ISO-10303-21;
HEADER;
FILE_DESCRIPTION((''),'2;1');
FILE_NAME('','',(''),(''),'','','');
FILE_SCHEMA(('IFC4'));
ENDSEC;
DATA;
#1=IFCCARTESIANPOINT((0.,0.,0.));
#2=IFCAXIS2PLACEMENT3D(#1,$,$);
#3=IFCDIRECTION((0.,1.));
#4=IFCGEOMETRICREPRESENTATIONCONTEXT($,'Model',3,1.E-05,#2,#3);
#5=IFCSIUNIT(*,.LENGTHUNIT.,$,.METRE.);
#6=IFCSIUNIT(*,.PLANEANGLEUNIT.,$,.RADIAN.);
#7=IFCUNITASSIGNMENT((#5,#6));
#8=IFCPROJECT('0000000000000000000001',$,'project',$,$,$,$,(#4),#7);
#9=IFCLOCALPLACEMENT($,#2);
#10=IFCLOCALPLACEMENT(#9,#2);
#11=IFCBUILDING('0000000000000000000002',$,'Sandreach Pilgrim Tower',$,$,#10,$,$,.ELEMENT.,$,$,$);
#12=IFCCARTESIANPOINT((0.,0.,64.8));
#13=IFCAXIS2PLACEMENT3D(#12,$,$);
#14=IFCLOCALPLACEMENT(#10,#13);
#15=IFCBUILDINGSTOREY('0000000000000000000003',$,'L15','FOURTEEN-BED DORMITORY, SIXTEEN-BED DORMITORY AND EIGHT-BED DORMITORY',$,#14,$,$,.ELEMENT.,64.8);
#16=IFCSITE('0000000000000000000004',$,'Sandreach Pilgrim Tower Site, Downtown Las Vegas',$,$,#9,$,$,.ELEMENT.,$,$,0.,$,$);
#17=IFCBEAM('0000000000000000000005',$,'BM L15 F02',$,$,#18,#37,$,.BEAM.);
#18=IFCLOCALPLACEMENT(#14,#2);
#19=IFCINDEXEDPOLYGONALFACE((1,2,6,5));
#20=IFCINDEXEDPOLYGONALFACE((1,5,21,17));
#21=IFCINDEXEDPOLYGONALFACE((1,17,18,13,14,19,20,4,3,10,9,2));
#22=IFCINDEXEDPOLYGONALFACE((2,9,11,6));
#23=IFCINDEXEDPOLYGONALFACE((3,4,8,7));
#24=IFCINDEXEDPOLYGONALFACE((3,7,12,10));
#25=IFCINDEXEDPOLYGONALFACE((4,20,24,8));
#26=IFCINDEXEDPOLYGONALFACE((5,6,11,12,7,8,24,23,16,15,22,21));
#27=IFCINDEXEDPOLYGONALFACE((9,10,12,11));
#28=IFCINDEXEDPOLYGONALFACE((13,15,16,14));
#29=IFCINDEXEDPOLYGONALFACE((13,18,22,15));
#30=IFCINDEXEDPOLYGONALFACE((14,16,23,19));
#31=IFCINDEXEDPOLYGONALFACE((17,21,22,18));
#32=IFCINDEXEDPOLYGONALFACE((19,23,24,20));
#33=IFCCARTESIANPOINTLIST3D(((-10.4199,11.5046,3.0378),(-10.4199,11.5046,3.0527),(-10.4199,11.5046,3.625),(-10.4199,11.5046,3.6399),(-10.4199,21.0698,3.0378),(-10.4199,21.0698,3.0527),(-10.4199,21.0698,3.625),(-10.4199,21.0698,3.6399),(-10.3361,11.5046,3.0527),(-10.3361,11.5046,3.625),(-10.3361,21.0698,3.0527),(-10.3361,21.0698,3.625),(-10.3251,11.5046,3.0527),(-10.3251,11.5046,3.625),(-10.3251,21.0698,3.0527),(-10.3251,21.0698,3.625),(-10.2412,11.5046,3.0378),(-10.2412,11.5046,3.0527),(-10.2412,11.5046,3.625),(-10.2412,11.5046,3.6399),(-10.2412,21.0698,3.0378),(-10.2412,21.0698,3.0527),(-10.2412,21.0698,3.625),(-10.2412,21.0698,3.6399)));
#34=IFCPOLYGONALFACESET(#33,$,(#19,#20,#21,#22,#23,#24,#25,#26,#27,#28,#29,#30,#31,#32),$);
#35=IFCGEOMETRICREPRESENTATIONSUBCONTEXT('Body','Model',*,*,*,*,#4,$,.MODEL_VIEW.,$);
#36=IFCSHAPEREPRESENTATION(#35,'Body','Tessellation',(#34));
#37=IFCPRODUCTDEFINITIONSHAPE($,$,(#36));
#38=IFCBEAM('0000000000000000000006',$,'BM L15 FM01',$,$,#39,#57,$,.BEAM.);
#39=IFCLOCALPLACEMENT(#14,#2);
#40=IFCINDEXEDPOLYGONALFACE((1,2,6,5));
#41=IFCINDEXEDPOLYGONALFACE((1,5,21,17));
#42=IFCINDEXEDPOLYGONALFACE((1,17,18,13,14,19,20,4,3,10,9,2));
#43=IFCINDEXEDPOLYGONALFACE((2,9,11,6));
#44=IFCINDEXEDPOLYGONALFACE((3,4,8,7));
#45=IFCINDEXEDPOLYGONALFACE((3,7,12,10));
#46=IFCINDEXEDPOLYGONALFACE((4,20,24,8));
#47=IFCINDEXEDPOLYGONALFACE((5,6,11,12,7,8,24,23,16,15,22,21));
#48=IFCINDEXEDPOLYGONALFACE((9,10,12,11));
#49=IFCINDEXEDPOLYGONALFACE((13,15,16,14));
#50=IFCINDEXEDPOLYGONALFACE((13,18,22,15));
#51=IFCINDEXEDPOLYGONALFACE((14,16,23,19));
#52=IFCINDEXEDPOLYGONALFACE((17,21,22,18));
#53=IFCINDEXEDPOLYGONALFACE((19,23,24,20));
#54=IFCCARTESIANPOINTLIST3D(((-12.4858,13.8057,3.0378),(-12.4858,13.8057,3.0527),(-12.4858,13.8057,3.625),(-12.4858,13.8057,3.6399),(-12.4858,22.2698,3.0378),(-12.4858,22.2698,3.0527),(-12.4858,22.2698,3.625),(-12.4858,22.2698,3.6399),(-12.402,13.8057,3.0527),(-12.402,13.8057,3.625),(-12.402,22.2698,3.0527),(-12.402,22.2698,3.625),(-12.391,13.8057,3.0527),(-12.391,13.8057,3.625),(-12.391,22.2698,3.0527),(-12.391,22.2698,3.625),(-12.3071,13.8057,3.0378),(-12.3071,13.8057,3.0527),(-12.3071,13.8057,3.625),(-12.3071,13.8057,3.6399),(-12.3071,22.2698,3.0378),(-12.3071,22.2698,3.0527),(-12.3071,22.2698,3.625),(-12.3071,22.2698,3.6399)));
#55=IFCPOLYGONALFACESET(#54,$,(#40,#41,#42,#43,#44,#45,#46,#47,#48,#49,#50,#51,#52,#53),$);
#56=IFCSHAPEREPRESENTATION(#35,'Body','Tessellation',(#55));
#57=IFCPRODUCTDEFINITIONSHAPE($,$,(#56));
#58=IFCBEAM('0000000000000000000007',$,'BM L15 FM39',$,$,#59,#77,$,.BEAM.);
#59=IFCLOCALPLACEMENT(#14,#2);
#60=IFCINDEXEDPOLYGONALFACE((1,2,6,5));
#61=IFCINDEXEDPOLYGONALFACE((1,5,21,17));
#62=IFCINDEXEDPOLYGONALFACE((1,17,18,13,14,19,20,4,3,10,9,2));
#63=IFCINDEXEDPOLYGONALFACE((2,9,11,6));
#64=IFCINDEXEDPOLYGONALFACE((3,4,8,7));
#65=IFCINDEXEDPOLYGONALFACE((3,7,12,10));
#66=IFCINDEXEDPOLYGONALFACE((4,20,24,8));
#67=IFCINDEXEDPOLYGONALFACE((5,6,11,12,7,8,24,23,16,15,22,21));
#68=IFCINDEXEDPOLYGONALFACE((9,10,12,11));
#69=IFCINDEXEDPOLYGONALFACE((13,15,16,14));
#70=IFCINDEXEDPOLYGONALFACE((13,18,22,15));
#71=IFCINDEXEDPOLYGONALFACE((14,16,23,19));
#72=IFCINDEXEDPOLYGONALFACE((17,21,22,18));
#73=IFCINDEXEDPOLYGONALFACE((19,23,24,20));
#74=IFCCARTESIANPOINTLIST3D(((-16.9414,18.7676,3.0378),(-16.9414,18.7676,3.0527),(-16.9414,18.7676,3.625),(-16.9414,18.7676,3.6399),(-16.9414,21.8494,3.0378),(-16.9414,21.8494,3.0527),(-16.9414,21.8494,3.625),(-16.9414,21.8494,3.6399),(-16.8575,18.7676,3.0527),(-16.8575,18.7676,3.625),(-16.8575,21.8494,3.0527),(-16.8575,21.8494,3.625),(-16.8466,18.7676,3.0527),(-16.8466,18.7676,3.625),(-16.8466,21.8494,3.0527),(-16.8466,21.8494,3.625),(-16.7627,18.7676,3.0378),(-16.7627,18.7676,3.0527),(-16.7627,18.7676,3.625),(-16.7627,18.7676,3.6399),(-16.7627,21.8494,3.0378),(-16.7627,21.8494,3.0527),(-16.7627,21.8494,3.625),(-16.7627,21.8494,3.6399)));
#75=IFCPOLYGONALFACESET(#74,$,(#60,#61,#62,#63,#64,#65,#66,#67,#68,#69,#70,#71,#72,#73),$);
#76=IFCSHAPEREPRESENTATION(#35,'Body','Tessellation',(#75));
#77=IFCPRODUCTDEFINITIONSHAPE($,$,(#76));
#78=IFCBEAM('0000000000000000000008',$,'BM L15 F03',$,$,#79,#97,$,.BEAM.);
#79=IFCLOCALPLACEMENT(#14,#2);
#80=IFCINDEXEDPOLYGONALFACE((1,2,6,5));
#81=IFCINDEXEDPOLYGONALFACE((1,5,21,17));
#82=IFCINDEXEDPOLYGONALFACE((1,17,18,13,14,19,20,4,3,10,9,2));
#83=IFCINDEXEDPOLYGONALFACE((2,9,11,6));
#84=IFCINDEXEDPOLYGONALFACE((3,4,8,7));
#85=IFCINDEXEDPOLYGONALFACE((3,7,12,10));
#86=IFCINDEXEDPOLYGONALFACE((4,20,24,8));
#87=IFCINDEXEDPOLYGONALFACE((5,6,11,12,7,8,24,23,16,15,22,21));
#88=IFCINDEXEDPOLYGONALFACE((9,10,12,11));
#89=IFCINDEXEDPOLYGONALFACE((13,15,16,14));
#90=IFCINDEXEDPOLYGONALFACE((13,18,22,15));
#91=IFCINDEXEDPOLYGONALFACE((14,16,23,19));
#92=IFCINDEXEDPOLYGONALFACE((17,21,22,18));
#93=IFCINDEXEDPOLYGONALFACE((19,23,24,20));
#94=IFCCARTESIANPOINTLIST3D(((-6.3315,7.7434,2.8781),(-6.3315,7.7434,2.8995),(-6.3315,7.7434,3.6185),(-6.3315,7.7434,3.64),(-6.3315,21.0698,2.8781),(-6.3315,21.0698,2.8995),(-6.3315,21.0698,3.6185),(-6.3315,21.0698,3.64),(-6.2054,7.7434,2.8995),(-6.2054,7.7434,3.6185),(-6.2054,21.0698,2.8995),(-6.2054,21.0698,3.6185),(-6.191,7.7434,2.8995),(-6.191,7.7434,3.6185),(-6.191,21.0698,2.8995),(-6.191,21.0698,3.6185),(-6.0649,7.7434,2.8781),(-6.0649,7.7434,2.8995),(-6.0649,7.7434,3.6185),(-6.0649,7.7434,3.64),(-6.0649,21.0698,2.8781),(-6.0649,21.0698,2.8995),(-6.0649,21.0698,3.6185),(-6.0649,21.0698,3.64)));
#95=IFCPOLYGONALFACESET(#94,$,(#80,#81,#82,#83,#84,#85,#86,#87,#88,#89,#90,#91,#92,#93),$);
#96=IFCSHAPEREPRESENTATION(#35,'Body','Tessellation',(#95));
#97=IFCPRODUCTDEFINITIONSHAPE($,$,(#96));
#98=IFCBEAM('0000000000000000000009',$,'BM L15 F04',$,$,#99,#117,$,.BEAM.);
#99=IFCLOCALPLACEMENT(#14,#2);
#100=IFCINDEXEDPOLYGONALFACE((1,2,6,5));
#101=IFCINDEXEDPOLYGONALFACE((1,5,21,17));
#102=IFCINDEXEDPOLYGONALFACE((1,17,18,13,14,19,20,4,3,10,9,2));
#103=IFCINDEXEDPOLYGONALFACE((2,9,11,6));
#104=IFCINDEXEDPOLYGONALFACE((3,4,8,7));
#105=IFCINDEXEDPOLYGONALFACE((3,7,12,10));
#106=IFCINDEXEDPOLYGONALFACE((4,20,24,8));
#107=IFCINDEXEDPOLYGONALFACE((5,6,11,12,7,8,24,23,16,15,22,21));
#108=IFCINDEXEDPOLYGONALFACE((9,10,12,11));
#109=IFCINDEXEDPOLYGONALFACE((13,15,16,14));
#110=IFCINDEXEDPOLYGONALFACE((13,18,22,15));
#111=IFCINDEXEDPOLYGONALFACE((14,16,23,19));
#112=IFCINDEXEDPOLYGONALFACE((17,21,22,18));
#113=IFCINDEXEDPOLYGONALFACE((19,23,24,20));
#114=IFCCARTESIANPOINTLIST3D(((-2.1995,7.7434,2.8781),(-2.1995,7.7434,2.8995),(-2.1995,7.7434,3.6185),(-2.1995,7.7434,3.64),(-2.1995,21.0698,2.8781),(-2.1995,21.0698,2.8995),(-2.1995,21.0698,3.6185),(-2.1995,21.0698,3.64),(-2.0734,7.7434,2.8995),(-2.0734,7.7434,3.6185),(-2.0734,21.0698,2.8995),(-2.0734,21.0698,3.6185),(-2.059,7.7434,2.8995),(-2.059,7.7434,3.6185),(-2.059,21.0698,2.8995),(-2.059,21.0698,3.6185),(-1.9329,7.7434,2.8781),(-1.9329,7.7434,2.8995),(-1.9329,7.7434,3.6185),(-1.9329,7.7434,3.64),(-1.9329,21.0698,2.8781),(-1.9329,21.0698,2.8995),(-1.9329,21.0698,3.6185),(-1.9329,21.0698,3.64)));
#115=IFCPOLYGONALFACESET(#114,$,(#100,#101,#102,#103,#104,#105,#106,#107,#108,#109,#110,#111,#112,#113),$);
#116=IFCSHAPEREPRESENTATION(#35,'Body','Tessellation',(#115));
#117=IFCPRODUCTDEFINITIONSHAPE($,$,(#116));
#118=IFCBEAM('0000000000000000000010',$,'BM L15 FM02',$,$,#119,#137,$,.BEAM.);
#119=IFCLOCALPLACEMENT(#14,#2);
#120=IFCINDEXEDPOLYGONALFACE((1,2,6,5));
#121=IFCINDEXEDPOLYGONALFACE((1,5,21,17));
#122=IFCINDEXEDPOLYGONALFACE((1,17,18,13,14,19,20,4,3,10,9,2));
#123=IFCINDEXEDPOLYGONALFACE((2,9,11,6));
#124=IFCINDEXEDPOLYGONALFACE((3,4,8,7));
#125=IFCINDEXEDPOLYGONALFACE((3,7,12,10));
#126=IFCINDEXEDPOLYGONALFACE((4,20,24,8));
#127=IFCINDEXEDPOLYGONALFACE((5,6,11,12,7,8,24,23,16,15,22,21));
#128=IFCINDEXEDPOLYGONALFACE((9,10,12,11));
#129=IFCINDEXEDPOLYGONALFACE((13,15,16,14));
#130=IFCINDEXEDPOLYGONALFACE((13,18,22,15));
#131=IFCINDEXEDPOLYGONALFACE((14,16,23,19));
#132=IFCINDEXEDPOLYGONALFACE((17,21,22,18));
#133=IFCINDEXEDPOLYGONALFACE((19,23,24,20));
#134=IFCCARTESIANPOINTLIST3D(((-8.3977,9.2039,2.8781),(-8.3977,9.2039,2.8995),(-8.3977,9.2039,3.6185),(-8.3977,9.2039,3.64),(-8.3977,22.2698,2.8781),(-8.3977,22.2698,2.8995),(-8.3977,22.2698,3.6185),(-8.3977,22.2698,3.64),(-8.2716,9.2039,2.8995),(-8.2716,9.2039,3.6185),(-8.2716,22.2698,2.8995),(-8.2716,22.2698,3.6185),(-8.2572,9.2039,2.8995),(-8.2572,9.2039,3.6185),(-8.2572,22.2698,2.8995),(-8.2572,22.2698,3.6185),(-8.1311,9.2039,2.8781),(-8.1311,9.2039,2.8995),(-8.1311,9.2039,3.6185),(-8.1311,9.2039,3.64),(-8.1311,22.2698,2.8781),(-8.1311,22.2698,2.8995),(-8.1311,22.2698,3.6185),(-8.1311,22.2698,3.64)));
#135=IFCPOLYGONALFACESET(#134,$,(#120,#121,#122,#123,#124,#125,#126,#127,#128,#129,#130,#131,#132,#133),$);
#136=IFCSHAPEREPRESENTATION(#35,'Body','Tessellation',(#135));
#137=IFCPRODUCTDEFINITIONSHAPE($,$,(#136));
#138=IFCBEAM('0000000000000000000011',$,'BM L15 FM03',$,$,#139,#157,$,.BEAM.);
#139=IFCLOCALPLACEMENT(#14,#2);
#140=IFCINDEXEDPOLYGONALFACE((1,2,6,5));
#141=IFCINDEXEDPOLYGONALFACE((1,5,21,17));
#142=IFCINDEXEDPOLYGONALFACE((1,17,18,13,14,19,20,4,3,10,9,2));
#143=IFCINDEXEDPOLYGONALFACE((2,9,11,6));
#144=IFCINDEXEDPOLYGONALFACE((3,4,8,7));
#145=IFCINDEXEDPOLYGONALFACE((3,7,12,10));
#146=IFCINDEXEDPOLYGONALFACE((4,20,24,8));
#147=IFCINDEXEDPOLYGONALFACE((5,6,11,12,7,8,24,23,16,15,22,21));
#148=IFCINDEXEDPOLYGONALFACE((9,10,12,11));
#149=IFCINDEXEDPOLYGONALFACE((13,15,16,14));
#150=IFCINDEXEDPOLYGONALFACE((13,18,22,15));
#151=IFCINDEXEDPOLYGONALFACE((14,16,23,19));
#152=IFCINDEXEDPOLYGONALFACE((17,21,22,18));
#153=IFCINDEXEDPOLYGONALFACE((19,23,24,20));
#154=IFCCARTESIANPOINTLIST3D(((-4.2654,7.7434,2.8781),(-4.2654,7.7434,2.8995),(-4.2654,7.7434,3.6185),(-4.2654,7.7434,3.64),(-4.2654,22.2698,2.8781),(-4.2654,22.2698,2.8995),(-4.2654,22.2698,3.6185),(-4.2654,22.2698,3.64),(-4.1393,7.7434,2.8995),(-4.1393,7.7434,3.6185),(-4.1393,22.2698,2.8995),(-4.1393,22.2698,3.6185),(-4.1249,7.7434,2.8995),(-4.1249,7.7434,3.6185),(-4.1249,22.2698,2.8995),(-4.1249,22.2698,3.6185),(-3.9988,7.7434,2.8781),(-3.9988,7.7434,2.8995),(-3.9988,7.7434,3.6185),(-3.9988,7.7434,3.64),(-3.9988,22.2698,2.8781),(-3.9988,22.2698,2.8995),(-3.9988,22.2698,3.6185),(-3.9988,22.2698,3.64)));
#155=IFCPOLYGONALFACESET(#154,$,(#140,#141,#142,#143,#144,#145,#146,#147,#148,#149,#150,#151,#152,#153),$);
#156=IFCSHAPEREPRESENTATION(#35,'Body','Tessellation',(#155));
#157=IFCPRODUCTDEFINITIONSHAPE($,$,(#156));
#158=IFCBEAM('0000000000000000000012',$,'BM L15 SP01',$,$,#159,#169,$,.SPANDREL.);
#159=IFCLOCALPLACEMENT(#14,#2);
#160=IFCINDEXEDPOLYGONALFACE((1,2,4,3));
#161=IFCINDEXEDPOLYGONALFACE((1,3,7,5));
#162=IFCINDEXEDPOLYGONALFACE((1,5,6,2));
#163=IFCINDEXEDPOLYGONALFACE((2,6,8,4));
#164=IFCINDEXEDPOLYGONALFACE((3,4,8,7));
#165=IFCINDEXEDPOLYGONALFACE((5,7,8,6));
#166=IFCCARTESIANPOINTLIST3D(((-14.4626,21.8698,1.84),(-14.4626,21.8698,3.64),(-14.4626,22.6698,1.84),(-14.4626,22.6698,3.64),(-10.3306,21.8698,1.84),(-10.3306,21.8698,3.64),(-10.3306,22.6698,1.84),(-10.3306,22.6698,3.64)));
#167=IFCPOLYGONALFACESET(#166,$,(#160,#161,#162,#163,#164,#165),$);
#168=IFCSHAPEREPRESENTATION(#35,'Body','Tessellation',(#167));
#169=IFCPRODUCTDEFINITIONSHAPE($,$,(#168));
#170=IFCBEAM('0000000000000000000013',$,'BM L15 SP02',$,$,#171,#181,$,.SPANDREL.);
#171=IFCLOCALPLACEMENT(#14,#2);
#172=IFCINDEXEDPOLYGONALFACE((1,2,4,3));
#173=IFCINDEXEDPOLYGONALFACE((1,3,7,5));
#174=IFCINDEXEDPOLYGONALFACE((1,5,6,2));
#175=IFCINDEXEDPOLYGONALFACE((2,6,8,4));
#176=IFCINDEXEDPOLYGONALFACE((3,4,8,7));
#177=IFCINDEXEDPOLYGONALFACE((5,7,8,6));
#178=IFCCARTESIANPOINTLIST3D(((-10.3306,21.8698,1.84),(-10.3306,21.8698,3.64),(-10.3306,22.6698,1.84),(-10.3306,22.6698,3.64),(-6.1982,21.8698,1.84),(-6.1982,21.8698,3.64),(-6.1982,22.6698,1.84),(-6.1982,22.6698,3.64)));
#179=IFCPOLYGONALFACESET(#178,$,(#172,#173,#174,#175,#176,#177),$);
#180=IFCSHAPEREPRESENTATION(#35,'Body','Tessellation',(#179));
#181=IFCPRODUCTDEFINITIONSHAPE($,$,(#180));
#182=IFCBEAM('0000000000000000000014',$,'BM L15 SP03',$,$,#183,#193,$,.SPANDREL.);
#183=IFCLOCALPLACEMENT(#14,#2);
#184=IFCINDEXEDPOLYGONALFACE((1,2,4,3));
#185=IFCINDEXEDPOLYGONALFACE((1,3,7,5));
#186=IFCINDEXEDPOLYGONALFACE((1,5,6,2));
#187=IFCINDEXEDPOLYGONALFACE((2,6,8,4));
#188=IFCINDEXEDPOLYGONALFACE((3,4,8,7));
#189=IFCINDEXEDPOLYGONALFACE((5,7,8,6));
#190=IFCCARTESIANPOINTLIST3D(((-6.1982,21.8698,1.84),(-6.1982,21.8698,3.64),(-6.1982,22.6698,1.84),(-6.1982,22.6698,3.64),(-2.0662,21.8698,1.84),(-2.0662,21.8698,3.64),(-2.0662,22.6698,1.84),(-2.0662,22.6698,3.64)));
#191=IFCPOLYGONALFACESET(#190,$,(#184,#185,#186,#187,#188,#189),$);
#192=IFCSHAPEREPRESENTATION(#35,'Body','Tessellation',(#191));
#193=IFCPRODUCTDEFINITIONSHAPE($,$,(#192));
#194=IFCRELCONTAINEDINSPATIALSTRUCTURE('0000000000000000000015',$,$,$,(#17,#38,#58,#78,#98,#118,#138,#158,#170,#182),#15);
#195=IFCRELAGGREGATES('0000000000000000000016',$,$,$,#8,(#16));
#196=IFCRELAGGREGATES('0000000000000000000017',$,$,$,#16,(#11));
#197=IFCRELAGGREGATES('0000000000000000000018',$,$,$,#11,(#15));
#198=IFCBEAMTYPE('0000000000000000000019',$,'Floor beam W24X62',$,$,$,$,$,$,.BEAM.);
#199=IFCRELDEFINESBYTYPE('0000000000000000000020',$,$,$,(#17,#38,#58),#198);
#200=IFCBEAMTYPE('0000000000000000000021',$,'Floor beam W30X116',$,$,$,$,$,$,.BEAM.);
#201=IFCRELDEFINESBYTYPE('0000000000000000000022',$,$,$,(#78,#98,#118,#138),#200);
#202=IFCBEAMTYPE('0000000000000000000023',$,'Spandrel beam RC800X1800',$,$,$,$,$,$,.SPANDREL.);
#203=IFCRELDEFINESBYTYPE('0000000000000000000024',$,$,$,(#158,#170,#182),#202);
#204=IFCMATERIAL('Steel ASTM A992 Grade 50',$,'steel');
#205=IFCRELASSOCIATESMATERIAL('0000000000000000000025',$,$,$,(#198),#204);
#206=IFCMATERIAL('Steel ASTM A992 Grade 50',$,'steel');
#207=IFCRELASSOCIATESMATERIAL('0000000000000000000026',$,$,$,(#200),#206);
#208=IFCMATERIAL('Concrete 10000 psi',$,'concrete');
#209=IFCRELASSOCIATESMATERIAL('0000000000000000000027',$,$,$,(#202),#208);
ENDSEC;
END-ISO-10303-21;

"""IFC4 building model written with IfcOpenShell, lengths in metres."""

from ifc_helpers import new_model, si_unit, direction, frame, origin, origin_2d, place, context, subcontext, project, spatial, rectangle, i_section, extrude, material, material_profile, profile_set, type_object, element, save


model = new_model("IFC4")

# Units and contexts
model_context = context("Model", 3, precision=1e-05, world=origin(), true_north=direction((0.0, 1.0)))
body_context = subcontext(model_context, "Body", "Model", "MODEL_VIEW")
ifc_project = project(units=[si_unit("LENGTHUNIT", "METRE"), si_unit("PLANEANGLEUNIT", "RADIAN")], contexts=[model_context])

# Site, building, storey
site_placement = place(None, origin())
site = spatial("IfcSite", under=ifc_project, at=site_placement, Name="Sandreach Pilgrim Tower Site, Downtown Las Vegas", CompositionType="ELEMENT", RefElevation=0.0)
building_placement = place(site_placement, origin())
building = spatial("IfcBuilding", under=site, at=building_placement, Name="Sandreach Pilgrim Tower", CompositionType="ELEMENT")
storey_placement = place(building_placement, frame((0.0, 0.0, 64.8)))
storey = spatial("IfcBuildingStorey", under=building, at=storey_placement, Name="L15", Description="FOURTEEN-BED DORMITORY, SIXTEEN-BED DORMITORY AND EIGHT-BED DORMITORY", CompositionType="ELEMENT", Elevation=64.8)

# Beams
ifc_material_1 = material(Name="Steel ASTM A992 Grade 50", Category="steel")
ifc_material_profile_1 = material_profile(ifc_material_1, i_section(OverallWidth=0.1787, OverallDepth=0.6021, WebThickness=0.011, FlangeThickness=0.0149, at=origin_2d()), Name="W24X62")
ifc_profile_set_1 = profile_set([ifc_material_profile_1], Name="Steel ASTM A992 Grade 50")
beam_type_1 = type_object("IfcBeamType", Name="Floor beam W24X62", PredefinedType="BEAM", material=ifc_profile_set_1)
beam_1_placement = place(storey_placement, frame((-10.3306, 21.0698, 3.3389), z_axis=(0.0, -1.0, 0.0), x_axis=(1.0, 0.0, 0.0)))
element("IfcBeam", 1, at=beam_1_placement, inside=storey, type_object=beam_type_1, Name="BM L15 F02", PredefinedType="BEAM", context=body_context, shape_type="SweptSolid", body=[
    extrude(i_section(OverallWidth=0.1787, OverallDepth=0.6021, WebThickness=0.011, FlangeThickness=0.0149, at=origin_2d()), origin(), (0.0, 0.0, 1.0), 9.5652),
])
beam_2_placement = place(storey_placement, frame((-12.3965, 22.2698, 3.3389), z_axis=(0.0, -1.0, 0.0), x_axis=(1.0, 0.0, 0.0)))
element("IfcBeam", 2, at=beam_2_placement, inside=storey, type_object=beam_type_1, Name="BM L15 FM01", PredefinedType="BEAM", context=body_context, shape_type="SweptSolid", body=[
    extrude(i_section(OverallWidth=0.1787, OverallDepth=0.6021, WebThickness=0.011, FlangeThickness=0.0149, at=origin_2d()), origin(), (0.0, 0.0, 1.0), 8.4641),
])
beam_3_placement = place(storey_placement, frame((-16.8521, 21.8494, 3.3389), z_axis=(0.0, -1.0, 0.0), x_axis=(1.0, 0.0, 0.0)))
element("IfcBeam", 3, at=beam_3_placement, inside=storey, type_object=beam_type_1, Name="BM L15 FM39", PredefinedType="BEAM", context=body_context, shape_type="SweptSolid", body=[
    extrude(i_section(OverallWidth=0.1787, OverallDepth=0.6021, WebThickness=0.011, FlangeThickness=0.0149, at=origin_2d()), origin(), (0.0, 0.0, 1.0), 3.0818),
])
ifc_material_2 = material(Name="Steel ASTM A992 Grade 50", Category="steel")
ifc_material_profile_2 = material_profile(ifc_material_2, i_section(OverallWidth=0.2666, OverallDepth=0.762, WebThickness=0.0144, FlangeThickness=0.0215, at=origin_2d()), Name="W30X116")
ifc_profile_set_2 = profile_set([ifc_material_profile_2], Name="Steel ASTM A992 Grade 50")
beam_type_2 = type_object("IfcBeamType", Name="Floor beam W30X116", PredefinedType="BEAM", material=ifc_profile_set_2)
for number, where, z_axis, x_axis, name in (
    (4, (-6.1982, 21.0698, 3.259), (0.0, -1.0, 0.0), (1.0, 0.0, 0.0), "BM L15 F03"),
    (5, (-2.0662, 21.0698, 3.259), (0.0, -1.0, 0.0), (1.0, 0.0, 0.0), "BM L15 F04"),
):
    element("IfcBeam", number, at=place(storey_placement, frame(where, z_axis=z_axis, x_axis=x_axis)), inside=storey, type_object=beam_type_2, Name=name, PredefinedType="BEAM", context=body_context, shape_type="SweptSolid", body=[
        extrude(i_section(OverallWidth=0.2666, OverallDepth=0.762, WebThickness=0.0144, FlangeThickness=0.0215, at=origin_2d()), origin(), (0.0, 0.0, 1.0), 13.3264),
    ])
beam_4_placement = place(storey_placement, frame((-8.2644, 22.2698, 3.259), z_axis=(0.0, -1.0, 0.0), x_axis=(1.0, 0.0, 0.0)))
element("IfcBeam", 6, at=beam_4_placement, inside=storey, type_object=beam_type_2, Name="BM L15 FM02", PredefinedType="BEAM", context=body_context, shape_type="SweptSolid", body=[
    extrude(i_section(OverallWidth=0.2666, OverallDepth=0.762, WebThickness=0.0144, FlangeThickness=0.0215, at=origin_2d()), origin(), (0.0, 0.0, 1.0), 13.0659),
])
beam_5_placement = place(storey_placement, frame((-4.1321, 22.2698, 3.259), z_axis=(0.0, -1.0, 0.0), x_axis=(1.0, 0.0, 0.0)))
element("IfcBeam", 7, at=beam_5_placement, inside=storey, type_object=beam_type_2, Name="BM L15 FM03", PredefinedType="BEAM", context=body_context, shape_type="SweptSolid", body=[
    extrude(i_section(OverallWidth=0.2666, OverallDepth=0.762, WebThickness=0.0144, FlangeThickness=0.0215, at=origin_2d()), origin(), (0.0, 0.0, 1.0), 14.5264),
])
ifc_material_3 = material(Name="Concrete 10000 psi", Category="concrete")
ifc_material_profile_3 = material_profile(ifc_material_3, rectangle(XDim=0.8, YDim=1.8, at=origin_2d()), Name="RC800X1800")
ifc_profile_set_3 = profile_set([ifc_material_profile_3], Name="Concrete 10000 psi")
beam_type_3 = type_object("IfcBeamType", Name="Spandrel beam RC800X1800", PredefinedType="SPANDREL", material=ifc_profile_set_3)
beam_6_placement = place(storey_placement, frame((-14.4626, 22.2698, 2.74), z_axis=(1.0, 0.0, 0.0), x_axis=(0.0, 1.0, 0.0)))
element("IfcBeam", 8, at=beam_6_placement, inside=storey, type_object=beam_type_3, Name="BM L15 SP01", PredefinedType="SPANDREL", context=body_context, shape_type="SweptSolid", body=[
    extrude(rectangle(XDim=0.8, YDim=1.8, at=origin_2d()), origin(), (0.0, 0.0, 1.0), 4.1321),
])
beam_7_placement = place(storey_placement, frame((-10.3306, 22.2698, 2.74), z_axis=(1.0, 0.0, 0.0), x_axis=(0.0, 1.0, 0.0)))
element("IfcBeam", 9, at=beam_7_placement, inside=storey, type_object=beam_type_3, Name="BM L15 SP02", PredefinedType="SPANDREL", context=body_context, shape_type="SweptSolid", body=[
    extrude(rectangle(XDim=0.8, YDim=1.8, at=origin_2d()), origin(), (0.0, 0.0, 1.0), 4.1323),
])
beam_8_placement = place(storey_placement, frame((-6.1982, 22.2698, 2.74), z_axis=(1.0, 0.0, 0.0), x_axis=(0.0, 1.0, 0.0)))
element("IfcBeam", 10, at=beam_8_placement, inside=storey, type_object=beam_type_3, Name="BM L15 SP03", PredefinedType="SPANDREL", context=body_context, shape_type="SweptSolid", body=[
    extrude(rectangle(XDim=0.8, YDim=1.8, at=origin_2d()), origin(), (0.0, 0.0, 1.0), 4.1321),
])

save(model, "model.ifc")
